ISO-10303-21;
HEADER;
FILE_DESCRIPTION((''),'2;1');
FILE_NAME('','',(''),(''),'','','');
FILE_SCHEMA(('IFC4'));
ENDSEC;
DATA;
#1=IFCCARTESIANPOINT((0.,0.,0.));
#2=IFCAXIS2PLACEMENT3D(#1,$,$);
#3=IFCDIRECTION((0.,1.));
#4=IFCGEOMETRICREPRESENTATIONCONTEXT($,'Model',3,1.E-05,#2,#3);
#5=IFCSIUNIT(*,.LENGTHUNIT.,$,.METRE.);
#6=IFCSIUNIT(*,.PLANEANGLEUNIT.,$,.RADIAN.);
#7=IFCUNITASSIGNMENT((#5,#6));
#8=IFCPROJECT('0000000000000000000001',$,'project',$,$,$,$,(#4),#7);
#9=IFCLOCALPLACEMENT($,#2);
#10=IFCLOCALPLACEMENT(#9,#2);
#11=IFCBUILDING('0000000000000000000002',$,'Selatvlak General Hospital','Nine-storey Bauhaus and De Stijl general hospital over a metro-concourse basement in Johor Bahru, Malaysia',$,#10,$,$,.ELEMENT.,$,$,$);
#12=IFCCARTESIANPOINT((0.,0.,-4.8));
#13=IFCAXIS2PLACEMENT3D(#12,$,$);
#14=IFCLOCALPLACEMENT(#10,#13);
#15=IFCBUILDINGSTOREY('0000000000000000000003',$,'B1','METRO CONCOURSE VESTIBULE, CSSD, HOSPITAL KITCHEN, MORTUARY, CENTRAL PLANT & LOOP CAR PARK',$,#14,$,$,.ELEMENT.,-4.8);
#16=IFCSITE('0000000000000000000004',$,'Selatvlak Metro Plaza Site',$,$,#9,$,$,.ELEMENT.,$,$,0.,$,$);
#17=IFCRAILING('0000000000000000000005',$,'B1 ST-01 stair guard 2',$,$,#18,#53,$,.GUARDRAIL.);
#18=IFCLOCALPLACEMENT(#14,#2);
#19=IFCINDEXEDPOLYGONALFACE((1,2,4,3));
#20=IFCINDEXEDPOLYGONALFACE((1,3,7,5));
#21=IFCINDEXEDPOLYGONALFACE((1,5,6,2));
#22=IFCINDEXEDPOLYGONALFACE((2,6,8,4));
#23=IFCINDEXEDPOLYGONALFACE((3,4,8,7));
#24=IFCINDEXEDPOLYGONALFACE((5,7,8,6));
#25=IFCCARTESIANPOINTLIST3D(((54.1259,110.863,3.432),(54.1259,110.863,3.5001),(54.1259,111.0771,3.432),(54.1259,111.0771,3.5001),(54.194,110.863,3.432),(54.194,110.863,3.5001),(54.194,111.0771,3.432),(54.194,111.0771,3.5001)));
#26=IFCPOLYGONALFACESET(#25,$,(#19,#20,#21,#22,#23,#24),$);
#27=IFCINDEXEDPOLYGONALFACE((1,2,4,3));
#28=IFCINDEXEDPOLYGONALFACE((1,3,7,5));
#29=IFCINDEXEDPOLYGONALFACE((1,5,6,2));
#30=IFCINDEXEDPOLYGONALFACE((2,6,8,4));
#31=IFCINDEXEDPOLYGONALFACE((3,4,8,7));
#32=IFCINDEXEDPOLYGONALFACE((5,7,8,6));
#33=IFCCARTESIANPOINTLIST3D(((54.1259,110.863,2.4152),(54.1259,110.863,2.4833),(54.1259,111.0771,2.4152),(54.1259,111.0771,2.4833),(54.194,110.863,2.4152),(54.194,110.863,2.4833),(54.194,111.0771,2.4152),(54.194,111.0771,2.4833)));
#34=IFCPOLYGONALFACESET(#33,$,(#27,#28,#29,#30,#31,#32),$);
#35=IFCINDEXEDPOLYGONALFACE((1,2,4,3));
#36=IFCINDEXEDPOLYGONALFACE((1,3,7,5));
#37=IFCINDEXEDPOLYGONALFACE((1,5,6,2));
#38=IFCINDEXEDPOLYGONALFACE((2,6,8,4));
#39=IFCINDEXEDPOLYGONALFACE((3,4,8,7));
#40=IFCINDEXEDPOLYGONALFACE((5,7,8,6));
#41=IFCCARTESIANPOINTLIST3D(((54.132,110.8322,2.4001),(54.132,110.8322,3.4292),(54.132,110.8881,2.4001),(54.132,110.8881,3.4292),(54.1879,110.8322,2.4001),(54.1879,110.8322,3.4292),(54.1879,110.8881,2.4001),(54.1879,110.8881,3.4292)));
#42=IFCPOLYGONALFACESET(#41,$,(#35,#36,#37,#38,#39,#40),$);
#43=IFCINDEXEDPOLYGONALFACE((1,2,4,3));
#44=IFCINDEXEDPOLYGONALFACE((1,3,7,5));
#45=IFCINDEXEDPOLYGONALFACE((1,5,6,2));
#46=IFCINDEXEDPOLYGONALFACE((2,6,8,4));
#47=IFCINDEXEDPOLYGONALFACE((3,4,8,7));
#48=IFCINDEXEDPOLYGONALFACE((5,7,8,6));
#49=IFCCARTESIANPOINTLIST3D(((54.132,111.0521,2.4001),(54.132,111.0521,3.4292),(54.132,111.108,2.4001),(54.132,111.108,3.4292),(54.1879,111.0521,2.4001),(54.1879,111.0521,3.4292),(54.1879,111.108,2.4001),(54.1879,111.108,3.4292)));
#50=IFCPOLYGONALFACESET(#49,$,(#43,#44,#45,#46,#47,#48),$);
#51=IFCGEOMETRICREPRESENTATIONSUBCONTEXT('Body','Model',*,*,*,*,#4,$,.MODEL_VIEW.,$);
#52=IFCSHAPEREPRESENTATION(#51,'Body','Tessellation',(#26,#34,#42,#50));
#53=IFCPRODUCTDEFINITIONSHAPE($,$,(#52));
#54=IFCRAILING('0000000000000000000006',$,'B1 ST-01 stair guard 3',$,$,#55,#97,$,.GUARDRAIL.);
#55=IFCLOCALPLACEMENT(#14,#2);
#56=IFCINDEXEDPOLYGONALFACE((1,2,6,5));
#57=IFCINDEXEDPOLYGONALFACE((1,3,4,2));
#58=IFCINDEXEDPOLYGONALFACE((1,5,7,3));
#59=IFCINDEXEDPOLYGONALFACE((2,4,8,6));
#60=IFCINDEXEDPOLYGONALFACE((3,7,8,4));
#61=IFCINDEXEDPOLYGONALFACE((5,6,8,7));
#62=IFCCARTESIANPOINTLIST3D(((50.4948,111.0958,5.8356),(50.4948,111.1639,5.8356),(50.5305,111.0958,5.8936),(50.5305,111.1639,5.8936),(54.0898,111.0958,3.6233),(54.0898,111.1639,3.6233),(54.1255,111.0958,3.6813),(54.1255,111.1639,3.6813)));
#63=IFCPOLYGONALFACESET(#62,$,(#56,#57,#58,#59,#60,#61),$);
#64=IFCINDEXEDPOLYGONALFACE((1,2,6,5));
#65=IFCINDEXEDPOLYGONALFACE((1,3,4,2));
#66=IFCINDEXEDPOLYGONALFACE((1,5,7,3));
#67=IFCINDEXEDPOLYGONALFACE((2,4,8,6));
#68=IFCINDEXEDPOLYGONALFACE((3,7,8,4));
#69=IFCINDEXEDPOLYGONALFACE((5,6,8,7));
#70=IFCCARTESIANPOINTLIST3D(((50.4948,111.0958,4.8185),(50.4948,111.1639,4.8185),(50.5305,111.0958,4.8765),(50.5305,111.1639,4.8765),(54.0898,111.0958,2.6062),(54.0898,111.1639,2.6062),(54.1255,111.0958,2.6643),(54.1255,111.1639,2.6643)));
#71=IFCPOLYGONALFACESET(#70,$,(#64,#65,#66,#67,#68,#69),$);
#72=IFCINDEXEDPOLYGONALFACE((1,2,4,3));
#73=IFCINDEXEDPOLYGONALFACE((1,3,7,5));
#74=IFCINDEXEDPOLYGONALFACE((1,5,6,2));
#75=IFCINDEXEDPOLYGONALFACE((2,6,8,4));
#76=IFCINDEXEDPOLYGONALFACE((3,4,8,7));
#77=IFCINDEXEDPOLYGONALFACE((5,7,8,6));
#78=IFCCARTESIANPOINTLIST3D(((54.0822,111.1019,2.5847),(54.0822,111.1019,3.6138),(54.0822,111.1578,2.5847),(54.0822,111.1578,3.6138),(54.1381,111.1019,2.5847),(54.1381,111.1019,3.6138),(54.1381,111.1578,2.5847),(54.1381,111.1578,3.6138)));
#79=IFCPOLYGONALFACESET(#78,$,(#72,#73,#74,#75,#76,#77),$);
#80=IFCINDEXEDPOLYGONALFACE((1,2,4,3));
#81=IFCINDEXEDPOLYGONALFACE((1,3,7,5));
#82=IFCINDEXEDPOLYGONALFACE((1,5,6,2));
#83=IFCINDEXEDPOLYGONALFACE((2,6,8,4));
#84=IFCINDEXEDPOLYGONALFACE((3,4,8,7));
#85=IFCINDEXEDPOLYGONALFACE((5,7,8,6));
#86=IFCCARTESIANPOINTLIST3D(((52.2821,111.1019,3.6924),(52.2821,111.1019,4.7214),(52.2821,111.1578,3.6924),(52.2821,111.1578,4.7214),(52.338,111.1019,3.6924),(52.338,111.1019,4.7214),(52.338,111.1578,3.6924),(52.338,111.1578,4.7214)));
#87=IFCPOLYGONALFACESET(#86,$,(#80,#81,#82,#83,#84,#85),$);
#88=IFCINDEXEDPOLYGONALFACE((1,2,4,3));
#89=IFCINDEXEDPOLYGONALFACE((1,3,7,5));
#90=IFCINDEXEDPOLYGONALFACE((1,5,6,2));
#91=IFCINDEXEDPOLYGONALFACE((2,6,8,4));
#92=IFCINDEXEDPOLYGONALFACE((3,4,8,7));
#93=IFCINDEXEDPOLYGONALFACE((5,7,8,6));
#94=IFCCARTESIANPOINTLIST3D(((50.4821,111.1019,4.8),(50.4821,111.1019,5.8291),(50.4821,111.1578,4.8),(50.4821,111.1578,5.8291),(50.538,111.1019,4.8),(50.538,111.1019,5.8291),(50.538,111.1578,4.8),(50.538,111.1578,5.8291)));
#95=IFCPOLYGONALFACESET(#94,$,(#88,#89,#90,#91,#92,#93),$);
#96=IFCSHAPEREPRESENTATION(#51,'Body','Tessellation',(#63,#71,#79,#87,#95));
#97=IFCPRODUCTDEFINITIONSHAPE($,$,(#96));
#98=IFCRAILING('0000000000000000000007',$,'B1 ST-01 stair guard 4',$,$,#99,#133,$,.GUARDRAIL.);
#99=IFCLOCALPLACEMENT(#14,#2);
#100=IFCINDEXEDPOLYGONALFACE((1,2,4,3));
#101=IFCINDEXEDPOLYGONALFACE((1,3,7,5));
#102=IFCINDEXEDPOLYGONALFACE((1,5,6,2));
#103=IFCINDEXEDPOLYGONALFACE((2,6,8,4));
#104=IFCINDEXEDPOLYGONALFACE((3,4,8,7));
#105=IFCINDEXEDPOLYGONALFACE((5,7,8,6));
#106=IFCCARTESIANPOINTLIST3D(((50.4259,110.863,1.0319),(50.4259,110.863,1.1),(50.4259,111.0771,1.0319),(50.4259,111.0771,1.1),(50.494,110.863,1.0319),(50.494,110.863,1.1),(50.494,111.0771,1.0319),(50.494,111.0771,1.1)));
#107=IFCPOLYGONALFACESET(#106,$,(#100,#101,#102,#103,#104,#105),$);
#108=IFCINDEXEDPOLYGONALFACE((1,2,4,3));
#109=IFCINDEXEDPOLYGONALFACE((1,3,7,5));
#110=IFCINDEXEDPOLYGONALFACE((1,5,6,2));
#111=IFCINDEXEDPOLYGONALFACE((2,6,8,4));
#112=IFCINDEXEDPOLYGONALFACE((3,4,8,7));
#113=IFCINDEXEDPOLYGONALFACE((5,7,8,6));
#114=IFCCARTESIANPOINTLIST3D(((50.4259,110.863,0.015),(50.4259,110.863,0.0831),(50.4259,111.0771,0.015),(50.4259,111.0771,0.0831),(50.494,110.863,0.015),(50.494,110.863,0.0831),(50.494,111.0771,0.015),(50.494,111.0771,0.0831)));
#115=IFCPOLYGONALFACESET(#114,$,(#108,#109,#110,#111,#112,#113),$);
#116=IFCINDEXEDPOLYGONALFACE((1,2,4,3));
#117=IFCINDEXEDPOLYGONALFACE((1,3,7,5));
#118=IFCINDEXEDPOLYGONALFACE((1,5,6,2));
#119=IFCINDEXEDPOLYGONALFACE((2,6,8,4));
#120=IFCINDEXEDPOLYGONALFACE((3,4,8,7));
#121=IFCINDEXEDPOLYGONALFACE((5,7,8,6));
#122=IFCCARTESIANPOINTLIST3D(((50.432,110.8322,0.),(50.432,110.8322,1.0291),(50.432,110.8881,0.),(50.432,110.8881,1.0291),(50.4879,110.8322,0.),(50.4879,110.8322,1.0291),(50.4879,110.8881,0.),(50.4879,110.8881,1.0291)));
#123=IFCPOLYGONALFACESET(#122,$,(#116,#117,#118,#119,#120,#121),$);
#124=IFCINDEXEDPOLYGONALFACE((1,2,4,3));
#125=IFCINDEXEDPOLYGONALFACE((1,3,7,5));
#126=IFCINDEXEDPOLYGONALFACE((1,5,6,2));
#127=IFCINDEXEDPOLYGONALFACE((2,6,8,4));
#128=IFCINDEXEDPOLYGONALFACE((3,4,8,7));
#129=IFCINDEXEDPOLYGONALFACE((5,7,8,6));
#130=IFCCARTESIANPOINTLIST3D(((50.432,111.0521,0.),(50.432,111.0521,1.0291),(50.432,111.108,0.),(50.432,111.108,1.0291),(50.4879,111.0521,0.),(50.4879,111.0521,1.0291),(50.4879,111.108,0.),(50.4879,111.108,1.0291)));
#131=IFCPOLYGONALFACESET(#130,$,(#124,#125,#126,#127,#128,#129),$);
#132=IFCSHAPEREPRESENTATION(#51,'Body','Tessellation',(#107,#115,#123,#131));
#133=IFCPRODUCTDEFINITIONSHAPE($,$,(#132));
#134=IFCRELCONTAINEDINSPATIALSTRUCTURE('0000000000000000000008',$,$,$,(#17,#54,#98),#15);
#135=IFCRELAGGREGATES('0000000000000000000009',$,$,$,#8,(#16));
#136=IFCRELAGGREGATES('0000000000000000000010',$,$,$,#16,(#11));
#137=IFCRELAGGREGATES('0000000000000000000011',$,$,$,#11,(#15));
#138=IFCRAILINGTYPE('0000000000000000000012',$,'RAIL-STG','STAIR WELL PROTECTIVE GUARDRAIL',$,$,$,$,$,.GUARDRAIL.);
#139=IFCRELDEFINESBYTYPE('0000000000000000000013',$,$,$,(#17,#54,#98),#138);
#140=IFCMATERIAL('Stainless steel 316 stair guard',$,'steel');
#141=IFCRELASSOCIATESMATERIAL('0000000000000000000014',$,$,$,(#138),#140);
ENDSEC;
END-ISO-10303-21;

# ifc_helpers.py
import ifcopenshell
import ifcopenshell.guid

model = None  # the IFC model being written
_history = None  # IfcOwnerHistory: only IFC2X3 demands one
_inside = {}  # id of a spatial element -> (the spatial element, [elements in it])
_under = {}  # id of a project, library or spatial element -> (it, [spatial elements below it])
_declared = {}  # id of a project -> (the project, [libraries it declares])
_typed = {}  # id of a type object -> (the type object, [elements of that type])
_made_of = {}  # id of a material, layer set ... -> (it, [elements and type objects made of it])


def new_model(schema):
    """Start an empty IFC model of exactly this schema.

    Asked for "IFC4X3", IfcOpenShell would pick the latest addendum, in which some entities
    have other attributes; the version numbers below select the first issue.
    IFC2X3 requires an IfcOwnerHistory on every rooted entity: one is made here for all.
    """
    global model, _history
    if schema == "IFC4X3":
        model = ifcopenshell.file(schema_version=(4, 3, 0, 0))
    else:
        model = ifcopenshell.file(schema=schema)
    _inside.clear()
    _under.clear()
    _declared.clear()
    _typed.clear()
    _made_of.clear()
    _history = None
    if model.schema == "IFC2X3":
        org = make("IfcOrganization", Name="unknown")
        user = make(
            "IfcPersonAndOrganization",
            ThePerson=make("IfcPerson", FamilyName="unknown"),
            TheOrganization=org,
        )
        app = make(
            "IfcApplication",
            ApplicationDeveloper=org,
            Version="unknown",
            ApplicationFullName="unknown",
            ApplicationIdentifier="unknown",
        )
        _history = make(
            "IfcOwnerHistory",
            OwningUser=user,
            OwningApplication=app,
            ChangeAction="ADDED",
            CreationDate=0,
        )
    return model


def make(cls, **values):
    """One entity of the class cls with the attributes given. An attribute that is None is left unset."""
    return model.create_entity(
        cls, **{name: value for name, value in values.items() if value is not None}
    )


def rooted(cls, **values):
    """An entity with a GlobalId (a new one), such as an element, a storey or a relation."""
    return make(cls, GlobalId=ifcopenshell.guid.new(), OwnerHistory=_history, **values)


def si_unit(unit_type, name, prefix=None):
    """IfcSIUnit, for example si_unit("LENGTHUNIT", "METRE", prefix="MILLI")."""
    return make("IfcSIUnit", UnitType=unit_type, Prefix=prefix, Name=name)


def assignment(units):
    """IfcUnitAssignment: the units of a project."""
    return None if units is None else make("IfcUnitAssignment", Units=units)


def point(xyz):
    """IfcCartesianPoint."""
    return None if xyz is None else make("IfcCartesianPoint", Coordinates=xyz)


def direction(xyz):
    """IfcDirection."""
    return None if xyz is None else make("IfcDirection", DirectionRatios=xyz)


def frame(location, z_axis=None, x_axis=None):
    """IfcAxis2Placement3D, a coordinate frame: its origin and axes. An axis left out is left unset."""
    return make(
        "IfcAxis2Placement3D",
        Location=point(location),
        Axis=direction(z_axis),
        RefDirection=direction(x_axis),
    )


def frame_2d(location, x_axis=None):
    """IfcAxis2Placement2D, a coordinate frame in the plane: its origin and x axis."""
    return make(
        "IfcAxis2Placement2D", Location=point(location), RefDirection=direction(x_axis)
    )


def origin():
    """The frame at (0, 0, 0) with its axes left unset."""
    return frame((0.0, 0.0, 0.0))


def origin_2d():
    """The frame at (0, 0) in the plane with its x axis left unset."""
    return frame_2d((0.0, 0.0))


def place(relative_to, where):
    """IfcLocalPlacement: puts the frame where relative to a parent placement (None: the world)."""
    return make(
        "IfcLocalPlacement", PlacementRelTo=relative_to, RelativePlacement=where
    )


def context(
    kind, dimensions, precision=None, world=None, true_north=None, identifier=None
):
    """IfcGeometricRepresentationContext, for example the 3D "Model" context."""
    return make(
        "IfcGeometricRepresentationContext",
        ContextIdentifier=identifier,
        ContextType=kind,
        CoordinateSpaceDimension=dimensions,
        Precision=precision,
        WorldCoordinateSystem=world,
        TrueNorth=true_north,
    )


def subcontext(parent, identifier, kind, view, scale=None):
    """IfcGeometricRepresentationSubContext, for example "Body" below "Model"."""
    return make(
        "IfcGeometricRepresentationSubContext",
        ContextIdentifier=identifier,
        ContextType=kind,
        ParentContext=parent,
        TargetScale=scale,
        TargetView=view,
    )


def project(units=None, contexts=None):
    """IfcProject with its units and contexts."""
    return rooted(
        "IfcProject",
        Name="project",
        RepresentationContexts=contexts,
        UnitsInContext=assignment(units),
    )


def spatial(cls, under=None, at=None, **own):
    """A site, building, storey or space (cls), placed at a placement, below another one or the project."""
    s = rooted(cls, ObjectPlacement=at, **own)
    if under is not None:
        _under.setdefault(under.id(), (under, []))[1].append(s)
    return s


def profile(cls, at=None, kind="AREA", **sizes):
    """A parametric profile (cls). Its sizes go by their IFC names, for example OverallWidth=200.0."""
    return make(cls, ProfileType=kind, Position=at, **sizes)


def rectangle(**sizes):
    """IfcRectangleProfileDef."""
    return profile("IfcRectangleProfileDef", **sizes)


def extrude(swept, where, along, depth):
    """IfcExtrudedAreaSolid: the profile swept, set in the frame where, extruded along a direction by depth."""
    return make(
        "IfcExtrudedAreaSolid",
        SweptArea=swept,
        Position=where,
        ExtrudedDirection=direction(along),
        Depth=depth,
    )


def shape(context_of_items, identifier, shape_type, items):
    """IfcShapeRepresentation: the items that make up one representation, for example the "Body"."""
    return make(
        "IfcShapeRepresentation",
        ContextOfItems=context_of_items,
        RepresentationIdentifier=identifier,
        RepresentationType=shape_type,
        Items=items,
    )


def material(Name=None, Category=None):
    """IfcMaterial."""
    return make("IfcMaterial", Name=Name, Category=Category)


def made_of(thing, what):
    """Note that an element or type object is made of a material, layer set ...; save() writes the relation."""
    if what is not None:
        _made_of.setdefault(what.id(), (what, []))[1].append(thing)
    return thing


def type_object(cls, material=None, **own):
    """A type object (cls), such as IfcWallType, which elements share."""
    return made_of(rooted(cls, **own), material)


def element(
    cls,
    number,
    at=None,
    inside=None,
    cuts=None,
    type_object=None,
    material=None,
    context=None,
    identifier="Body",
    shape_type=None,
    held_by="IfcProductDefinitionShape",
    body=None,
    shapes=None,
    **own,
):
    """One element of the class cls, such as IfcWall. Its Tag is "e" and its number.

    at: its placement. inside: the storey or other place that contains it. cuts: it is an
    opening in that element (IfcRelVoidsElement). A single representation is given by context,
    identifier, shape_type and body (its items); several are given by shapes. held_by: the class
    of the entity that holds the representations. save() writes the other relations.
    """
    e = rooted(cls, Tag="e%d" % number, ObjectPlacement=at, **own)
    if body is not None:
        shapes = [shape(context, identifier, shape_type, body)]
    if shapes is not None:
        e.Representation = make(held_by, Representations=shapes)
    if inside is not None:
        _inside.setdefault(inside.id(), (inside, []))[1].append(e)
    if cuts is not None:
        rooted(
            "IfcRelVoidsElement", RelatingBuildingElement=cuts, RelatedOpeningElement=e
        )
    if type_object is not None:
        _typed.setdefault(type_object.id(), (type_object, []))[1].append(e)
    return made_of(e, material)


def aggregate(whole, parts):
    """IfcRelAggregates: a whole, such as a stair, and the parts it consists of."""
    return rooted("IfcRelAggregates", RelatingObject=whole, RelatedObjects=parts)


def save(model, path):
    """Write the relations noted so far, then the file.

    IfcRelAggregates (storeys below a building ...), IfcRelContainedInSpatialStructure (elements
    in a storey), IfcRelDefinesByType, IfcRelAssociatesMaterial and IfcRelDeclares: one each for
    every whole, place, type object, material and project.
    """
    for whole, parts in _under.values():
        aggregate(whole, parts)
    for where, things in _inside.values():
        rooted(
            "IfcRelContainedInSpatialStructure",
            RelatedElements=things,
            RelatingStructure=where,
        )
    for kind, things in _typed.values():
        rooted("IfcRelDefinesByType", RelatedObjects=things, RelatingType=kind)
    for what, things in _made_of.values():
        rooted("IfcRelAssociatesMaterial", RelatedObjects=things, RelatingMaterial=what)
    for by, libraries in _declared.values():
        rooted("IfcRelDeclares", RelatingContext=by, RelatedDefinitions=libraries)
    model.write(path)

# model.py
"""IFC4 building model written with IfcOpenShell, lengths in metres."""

from ifc_helpers import new_model, si_unit, direction, frame, origin, origin_2d, place, context, subcontext, project, spatial, rectangle, extrude, material, type_object, element, save


model = new_model("IFC4")

# Units and contexts
model_context = context("Model", 3, precision=1e-05, world=origin(), true_north=direction((0.0, 1.0)))
body_context = subcontext(model_context, "Body", "Model", "MODEL_VIEW")
ifc_project = project(units=[si_unit("LENGTHUNIT", "METRE"), si_unit("PLANEANGLEUNIT", "RADIAN")], contexts=[model_context])

# Site, building, storey
site_placement = place(None, origin())
site = spatial("IfcSite", under=ifc_project, at=site_placement, Name="Selatvlak Metro Plaza Site", CompositionType="ELEMENT", RefElevation=0.0)
building_placement = place(site_placement, origin())
building = spatial("IfcBuilding", under=site, at=building_placement, Name="Selatvlak General Hospital", Description="Nine-storey Bauhaus and De Stijl general hospital over a metro-concourse basement in Johor Bahru, Malaysia", CompositionType="ELEMENT")
storey_placement = place(building_placement, frame((0.0, 0.0, -4.8)))
storey = spatial("IfcBuildingStorey", under=building, at=storey_placement, Name="B1", Description="METRO CONCOURSE VESTIBULE, CSSD, HOSPITAL KITCHEN, MORTUARY, CENTRAL PLANT & LOOP CAR PARK", CompositionType="ELEMENT", Elevation=-4.8)

# Railings
ifc_material_1 = material(Name="Stainless steel 316 stair guard", Category="steel")
railing_type_1 = type_object("IfcRailingType", Name="RAIL-STG", Description="STAIR WELL PROTECTIVE GUARDRAIL", PredefinedType="GUARDRAIL", material=ifc_material_1)
railing_1_placement = place(storey_placement, frame((54.1599, 110.8601, 2.4001)))
element("IfcRailing", 1, at=railing_1_placement, inside=storey, type_object=railing_type_1, Name="B1 ST-01 stair guard 2", PredefinedType="GUARDRAIL", context=body_context, shape_type="SweptSolid", body=[
    extrude(rectangle(XDim=0.0681, YDim=0.0681, at=origin_2d()), frame((0.0, 0.0029, 1.0659), z_axis=(0.0, 1.0, 0.0), x_axis=(-1.0, 0.0, 0.0)), (0.0, 0.0, 1.0), 0.2141),
    extrude(rectangle(XDim=0.0681, YDim=0.0681, at=origin_2d()), frame((0.0, 0.0029, 0.0491), z_axis=(0.0, 1.0, 0.0), x_axis=(-1.0, 0.0, 0.0)), (0.0, 0.0, 1.0), 0.2141),
    extrude(rectangle(XDim=0.0559, YDim=0.0559, at=origin_2d()), origin(), (0.0, 0.0, 1.0), 1.0291),
    extrude(rectangle(XDim=0.0559, YDim=0.0559, at=origin_2d()), frame((0.0, 0.22, 0.0)), (0.0, 0.0, 1.0), 1.0291),
])
railing_2_placement = place(storey_placement, frame((54.1101, 111.1299, 2.5847)))
element("IfcRailing", 2, at=railing_2_placement, inside=storey, type_object=railing_type_1, Name="B1 ST-01 stair guard 3", PredefinedType="GUARDRAIL", context=body_context, shape_type="SweptSolid", body=[
    extrude(rectangle(XDim=0.0681, YDim=0.0681, at=origin_2d()), frame((-0.0024, 0.0, 1.0676), z_axis=(-0.85167, 0.0, 0.524078), x_axis=(0.0, -1.0, 0.0)), (0.0, 0.0, 1.0), 4.2212),
    extrude(rectangle(XDim=0.0681, YDim=0.0681, at=origin_2d()), frame((-0.0024, 0.0, 0.0505), z_axis=(-0.85167, 0.0, 0.524078), x_axis=(0.0, -1.0, 0.0)), (0.0, 0.0, 1.0), 4.2212),
    extrude(rectangle(XDim=0.0559, YDim=0.0559, at=origin_2d()), origin(), (0.0, 0.0, 1.0), 1.0291),
    extrude(rectangle(XDim=0.0559, YDim=0.0559, at=origin_2d()), frame((-1.8, 0.0, 1.1077)), (0.0, 0.0, 1.0), 1.0291),
    extrude(rectangle(XDim=0.0559, YDim=0.0559, at=origin_2d()), frame((-3.6001, 0.0, 2.2153)), (0.0, 0.0, 1.0), 1.0291),
])
railing_3_placement = place(storey_placement, frame((50.46, 110.8601, 0.0)))
element("IfcRailing", 3, at=railing_3_placement, inside=storey, type_object=railing_type_1, Name="B1 ST-01 stair guard 4", PredefinedType="GUARDRAIL", context=body_context, shape_type="SweptSolid", body=[
    extrude(rectangle(XDim=0.0681, YDim=0.0681, at=origin_2d()), frame((0.0, 0.0029, 1.0659), z_axis=(0.0, 1.0, 0.0), x_axis=(-1.0, 0.0, 0.0)), (0.0, 0.0, 1.0), 0.2141),
    extrude(rectangle(XDim=0.0681, YDim=0.0681, at=origin_2d()), frame((0.0, 0.0029, 0.0491), z_axis=(0.0, 1.0, 0.0), x_axis=(-1.0, 0.0, 0.0)), (0.0, 0.0, 1.0), 0.2141),
    extrude(rectangle(XDim=0.0559, YDim=0.0559, at=origin_2d()), origin(), (0.0, 0.0, 1.0), 1.0291),
    extrude(rectangle(XDim=0.0559, YDim=0.0559, at=origin_2d()), frame((0.0, 0.22, 0.0)), (0.0, 0.0, 1.0), 1.0291),
])

save(model, "model.ifc")
